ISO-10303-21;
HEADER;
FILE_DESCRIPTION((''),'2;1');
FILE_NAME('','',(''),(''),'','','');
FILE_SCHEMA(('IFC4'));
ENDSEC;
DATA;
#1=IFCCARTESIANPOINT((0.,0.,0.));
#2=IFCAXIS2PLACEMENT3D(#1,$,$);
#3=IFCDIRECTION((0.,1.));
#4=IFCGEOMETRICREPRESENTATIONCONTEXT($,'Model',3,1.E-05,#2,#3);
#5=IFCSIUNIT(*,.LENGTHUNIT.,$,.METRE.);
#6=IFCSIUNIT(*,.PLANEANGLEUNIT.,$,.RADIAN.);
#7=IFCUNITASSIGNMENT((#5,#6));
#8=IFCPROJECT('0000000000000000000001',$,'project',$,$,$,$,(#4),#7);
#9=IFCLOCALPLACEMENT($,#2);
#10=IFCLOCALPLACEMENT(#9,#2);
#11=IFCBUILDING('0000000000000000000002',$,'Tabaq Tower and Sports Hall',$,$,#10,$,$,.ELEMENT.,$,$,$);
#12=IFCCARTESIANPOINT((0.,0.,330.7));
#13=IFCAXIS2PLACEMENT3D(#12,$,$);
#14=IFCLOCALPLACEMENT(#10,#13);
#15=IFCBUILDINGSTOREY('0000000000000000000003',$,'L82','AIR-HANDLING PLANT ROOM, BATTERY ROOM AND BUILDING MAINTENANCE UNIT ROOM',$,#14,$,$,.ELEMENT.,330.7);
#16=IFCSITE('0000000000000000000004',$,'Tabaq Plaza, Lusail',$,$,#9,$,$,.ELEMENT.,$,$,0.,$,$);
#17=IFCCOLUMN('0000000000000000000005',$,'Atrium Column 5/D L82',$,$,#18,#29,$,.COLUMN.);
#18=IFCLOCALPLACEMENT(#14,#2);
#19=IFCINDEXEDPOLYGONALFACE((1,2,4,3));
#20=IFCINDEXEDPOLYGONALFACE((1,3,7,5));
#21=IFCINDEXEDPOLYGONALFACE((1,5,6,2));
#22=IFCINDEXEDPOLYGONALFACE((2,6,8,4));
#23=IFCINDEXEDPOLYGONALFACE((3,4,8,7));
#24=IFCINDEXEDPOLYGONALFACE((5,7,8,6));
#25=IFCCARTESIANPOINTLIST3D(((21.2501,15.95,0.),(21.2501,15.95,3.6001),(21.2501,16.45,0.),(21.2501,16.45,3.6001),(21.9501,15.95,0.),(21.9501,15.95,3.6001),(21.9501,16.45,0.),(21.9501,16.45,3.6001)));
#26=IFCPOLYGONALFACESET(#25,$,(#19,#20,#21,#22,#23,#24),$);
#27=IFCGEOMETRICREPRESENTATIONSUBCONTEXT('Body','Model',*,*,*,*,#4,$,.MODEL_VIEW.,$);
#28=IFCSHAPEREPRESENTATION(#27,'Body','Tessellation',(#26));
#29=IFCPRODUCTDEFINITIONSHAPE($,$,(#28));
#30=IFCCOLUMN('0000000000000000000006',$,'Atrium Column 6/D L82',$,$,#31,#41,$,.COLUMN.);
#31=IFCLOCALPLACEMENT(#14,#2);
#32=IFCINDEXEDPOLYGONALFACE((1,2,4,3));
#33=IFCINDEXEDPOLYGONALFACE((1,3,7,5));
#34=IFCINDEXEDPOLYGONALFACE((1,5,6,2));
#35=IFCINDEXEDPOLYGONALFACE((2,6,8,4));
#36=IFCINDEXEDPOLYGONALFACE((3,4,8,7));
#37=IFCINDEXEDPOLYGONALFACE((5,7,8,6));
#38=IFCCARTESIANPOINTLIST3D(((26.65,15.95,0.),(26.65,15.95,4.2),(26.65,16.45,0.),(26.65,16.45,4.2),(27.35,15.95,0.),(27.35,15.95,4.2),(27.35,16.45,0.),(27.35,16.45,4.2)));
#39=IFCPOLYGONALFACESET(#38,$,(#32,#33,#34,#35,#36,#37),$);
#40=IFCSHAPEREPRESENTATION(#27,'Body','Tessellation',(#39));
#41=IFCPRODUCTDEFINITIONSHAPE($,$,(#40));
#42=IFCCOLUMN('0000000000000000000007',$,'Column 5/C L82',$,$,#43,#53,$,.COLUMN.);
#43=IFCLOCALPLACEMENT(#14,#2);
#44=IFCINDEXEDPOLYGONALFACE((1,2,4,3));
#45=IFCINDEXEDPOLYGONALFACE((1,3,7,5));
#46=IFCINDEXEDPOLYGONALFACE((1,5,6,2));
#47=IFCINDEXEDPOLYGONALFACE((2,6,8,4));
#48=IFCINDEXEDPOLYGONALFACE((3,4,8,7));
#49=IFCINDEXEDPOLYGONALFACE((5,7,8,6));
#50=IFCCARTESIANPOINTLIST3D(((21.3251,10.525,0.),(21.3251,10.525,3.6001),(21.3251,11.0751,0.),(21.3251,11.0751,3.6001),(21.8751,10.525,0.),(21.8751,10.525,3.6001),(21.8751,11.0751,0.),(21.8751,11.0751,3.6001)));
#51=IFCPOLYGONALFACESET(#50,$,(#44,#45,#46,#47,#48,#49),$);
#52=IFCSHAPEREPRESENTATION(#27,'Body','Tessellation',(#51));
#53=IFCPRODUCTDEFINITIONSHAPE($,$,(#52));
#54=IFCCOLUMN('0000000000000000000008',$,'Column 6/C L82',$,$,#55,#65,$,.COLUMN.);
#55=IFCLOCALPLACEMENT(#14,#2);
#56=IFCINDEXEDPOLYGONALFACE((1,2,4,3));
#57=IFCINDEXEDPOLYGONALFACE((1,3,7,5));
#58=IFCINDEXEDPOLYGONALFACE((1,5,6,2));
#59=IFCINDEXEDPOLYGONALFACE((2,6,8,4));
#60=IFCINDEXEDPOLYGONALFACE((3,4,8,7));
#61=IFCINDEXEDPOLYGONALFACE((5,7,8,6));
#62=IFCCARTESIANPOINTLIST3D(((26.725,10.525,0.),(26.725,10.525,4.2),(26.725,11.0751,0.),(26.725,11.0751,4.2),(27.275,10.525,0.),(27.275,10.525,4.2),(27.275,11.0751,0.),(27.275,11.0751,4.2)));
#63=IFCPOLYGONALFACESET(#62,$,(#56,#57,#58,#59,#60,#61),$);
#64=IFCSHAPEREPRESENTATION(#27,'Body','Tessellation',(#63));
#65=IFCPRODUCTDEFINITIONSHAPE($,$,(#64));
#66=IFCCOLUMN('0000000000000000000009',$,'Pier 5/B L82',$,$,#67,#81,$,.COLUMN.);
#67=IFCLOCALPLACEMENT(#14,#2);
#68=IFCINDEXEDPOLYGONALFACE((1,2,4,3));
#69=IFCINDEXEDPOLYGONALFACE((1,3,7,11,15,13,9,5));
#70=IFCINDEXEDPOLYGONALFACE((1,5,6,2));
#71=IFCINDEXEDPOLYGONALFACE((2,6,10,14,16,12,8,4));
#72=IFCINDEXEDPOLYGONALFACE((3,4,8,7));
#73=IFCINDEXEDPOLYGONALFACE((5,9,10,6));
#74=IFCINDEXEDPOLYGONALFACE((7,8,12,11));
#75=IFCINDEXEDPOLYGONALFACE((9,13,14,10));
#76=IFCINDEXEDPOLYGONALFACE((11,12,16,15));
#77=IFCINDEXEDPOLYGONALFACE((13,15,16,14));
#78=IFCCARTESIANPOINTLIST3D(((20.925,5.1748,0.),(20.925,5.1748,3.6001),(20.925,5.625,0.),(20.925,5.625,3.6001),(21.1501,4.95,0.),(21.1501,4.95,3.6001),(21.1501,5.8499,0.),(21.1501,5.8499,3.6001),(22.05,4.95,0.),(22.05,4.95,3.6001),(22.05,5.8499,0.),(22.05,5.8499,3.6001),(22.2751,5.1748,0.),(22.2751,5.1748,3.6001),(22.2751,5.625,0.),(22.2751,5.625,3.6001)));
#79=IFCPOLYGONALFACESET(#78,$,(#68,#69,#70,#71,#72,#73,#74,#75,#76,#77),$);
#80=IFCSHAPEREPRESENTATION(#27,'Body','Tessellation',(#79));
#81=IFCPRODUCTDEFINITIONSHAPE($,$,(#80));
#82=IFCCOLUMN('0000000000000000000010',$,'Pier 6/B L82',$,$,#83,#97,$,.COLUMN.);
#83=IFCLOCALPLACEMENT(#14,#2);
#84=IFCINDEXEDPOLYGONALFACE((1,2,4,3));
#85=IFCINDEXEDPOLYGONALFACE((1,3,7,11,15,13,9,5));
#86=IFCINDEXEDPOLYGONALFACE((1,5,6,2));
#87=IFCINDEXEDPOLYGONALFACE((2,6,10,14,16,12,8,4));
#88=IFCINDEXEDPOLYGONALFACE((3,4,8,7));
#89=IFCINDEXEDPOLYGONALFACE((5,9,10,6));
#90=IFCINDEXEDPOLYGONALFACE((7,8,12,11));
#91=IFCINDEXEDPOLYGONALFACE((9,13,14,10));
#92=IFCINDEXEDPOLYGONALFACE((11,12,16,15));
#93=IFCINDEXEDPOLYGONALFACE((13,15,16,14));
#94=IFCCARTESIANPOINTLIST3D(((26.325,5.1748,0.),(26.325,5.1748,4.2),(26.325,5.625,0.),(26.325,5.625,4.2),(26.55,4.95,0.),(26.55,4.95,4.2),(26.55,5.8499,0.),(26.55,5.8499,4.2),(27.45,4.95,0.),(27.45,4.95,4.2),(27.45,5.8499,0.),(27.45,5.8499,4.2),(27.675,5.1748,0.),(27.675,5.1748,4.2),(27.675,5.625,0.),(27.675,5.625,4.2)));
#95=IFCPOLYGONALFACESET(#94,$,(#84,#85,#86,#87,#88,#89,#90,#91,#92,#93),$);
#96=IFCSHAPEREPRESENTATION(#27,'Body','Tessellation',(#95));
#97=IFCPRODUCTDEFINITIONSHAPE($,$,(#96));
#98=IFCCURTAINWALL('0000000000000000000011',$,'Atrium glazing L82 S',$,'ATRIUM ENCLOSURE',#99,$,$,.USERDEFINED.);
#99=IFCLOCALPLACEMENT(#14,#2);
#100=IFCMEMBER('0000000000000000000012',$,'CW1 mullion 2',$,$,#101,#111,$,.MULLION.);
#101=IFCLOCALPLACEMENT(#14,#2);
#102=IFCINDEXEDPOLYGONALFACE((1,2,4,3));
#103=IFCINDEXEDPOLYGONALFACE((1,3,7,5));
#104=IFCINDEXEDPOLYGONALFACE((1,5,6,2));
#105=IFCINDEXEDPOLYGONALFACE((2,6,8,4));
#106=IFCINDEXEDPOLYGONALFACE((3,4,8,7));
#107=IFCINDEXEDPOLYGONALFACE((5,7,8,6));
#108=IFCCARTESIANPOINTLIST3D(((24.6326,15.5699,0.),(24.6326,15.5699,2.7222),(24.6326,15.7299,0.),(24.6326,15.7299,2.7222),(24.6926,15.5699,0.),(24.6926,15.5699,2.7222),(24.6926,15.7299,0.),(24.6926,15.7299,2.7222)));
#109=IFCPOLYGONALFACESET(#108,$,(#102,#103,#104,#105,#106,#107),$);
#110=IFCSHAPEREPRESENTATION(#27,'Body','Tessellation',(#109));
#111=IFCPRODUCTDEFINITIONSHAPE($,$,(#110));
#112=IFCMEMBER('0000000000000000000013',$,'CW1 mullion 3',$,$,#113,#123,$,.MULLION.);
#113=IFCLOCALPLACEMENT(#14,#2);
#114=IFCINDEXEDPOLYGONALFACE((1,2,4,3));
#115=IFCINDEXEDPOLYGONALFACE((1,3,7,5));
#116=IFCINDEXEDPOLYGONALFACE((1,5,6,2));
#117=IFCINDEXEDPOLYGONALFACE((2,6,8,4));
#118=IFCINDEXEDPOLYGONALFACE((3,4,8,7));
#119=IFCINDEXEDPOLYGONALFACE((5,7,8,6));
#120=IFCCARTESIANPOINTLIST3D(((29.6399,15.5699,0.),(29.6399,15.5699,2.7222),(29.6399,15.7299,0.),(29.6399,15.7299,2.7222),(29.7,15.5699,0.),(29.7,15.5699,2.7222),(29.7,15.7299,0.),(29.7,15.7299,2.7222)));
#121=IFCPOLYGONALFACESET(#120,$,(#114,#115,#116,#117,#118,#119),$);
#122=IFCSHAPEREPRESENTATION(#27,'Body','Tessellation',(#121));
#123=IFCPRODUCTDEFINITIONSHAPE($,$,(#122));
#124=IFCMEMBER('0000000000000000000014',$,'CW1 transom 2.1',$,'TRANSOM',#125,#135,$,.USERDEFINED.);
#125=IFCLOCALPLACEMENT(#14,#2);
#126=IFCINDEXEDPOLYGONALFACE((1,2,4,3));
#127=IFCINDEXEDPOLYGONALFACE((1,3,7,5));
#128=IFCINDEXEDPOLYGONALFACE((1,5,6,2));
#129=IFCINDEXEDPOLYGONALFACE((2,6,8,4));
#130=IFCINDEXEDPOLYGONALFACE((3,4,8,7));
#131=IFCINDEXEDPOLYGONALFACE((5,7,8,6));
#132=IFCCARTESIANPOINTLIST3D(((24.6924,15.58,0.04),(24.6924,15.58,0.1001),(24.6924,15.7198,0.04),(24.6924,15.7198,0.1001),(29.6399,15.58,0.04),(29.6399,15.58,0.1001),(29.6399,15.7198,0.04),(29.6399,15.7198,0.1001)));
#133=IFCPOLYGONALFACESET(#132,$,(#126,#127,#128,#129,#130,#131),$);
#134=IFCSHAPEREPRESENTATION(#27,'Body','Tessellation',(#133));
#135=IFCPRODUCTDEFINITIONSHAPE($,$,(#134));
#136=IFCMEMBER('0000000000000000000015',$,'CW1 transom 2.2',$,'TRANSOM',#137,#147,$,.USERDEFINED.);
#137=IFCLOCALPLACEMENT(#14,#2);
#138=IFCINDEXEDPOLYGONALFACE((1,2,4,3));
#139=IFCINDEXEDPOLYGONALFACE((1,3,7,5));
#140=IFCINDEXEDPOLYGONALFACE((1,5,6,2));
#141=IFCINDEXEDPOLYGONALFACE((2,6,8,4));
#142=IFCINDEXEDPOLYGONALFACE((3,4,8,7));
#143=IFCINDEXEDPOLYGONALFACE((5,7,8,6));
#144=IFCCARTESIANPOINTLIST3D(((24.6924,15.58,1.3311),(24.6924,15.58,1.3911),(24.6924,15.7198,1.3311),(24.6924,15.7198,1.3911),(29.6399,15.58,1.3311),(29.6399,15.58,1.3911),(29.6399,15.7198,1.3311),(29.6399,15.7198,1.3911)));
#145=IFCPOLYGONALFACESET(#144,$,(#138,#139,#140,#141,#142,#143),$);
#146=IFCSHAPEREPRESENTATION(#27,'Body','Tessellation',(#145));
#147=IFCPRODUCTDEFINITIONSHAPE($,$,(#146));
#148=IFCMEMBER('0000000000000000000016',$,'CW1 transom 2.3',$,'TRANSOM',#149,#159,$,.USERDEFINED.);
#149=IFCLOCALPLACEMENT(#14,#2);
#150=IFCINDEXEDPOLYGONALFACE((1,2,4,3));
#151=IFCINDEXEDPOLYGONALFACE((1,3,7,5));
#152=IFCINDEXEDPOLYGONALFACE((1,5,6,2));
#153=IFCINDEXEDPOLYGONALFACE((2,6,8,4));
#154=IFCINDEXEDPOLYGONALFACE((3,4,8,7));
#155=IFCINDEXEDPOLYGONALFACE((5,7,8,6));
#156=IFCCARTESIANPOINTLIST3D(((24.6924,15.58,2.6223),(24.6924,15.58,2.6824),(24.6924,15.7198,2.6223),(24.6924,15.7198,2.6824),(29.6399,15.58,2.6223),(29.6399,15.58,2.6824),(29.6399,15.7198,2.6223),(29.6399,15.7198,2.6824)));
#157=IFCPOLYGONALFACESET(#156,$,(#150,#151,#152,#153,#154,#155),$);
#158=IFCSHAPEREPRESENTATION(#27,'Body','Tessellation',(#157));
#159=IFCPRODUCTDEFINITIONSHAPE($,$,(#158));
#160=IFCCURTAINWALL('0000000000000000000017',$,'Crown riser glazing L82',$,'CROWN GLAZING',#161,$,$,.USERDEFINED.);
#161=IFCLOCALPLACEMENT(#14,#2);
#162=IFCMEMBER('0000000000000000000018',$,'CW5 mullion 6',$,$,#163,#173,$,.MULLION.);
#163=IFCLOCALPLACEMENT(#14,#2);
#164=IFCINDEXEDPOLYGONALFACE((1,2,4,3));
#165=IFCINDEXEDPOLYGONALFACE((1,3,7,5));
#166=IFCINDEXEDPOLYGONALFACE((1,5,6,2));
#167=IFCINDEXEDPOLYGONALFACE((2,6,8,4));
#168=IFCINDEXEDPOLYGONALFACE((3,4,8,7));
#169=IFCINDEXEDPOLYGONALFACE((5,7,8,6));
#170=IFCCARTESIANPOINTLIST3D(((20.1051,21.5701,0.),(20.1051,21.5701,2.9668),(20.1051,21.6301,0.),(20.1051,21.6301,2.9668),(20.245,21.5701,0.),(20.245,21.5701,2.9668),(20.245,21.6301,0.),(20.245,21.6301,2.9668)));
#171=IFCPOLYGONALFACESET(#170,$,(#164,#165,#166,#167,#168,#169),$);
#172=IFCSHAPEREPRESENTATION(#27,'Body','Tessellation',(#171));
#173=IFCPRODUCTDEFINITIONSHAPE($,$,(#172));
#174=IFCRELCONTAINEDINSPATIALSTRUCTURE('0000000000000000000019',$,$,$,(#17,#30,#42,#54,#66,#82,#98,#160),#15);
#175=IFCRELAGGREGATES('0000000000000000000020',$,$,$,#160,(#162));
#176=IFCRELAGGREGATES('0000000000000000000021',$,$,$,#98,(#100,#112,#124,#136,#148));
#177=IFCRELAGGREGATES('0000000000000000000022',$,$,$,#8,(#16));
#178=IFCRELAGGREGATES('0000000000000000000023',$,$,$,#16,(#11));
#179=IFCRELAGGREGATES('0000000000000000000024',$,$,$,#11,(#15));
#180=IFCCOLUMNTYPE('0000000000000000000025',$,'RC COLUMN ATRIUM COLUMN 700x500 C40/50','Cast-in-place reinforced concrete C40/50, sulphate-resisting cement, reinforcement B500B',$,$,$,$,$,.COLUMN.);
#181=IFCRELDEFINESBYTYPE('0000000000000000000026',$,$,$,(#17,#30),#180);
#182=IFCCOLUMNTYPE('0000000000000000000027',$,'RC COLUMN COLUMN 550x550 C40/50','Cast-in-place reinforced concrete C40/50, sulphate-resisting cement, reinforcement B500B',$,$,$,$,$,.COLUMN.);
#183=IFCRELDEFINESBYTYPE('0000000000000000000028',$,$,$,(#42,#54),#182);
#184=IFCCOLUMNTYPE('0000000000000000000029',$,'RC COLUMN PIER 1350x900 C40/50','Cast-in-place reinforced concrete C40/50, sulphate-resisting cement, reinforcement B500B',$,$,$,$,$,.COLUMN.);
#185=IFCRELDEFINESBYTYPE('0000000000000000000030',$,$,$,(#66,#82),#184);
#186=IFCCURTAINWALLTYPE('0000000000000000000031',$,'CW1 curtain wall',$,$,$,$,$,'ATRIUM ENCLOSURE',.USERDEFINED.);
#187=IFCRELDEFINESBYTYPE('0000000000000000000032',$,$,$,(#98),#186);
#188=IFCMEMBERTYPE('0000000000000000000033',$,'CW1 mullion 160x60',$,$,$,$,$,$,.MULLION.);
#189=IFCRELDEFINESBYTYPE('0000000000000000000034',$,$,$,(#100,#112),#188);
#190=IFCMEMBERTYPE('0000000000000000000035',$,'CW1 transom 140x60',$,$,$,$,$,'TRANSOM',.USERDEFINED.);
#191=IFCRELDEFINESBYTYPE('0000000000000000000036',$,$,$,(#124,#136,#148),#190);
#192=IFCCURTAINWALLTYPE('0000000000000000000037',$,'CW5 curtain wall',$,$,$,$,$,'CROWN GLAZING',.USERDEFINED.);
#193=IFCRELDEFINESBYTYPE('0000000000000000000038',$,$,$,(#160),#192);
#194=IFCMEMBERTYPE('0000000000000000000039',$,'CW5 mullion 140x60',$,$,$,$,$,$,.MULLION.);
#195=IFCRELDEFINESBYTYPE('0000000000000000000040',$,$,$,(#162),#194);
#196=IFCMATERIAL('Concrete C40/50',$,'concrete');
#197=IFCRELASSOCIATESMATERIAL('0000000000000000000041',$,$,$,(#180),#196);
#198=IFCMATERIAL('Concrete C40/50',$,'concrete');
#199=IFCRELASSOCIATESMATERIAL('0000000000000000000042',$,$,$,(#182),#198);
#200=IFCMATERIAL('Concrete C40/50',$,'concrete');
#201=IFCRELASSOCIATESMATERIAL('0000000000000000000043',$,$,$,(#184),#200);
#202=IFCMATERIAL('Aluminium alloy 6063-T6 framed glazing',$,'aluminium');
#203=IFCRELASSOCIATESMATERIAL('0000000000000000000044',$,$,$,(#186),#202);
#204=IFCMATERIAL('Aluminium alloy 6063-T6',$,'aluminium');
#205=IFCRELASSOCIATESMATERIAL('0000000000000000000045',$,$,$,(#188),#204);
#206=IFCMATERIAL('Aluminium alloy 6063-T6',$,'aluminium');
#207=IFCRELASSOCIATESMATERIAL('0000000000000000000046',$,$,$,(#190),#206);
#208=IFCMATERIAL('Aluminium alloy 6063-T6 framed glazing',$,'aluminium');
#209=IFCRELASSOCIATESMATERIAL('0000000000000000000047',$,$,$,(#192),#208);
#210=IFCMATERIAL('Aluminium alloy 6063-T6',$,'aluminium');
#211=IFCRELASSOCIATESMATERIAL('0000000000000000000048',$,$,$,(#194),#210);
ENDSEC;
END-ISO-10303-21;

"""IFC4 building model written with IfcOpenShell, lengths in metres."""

from ifc_helpers import new_model, si_unit, direction, frame, origin, origin_2d, place, context, subcontext, project, spatial, polyline, rectangle, outline, extrude, material, material_profile, profile_set, type_object, element, aggregate, save


model = new_model("IFC4")

# Units and contexts
model_context = context("Model", 3, precision=1e-05, world=origin(), true_north=direction((0.0, 1.0)))
body_context = subcontext(model_context, "Body", "Model", "MODEL_VIEW")
ifc_project = project(units=[si_unit("LENGTHUNIT", "METRE"), si_unit("PLANEANGLEUNIT", "RADIAN")], contexts=[model_context])

# Site, building, storey
site_placement = place(None, origin())
site = spatial("IfcSite", under=ifc_project, at=site_placement, Name="Tabaq Plaza, Lusail", CompositionType="ELEMENT", RefElevation=0.0)
building_placement = place(site_placement, origin())
building = spatial("IfcBuilding", under=site, at=building_placement, Name="Tabaq Tower and Sports Hall", CompositionType="ELEMENT")
storey_placement = place(building_placement, frame((0.0, 0.0, 330.7)))
storey = spatial("IfcBuildingStorey", under=building, at=storey_placement, Name="L82", Description="AIR-HANDLING PLANT ROOM, BATTERY ROOM AND BUILDING MAINTENANCE UNIT ROOM", CompositionType="ELEMENT", Elevation=330.7)

# Columns
ifc_material_1 = material(Name="Concrete C40/50", Category="concrete")
ifc_material_profile_1 = material_profile(ifc_material_1, rectangle(XDim=0.7, YDim=0.5, at=origin_2d()), Name="ATRIUM COLUMN 700x500")
ifc_profile_set_1 = profile_set([ifc_material_profile_1], Name="Concrete C40/50")
column_type_1 = type_object("IfcColumnType", Name="RC COLUMN ATRIUM COLUMN 700x500 C40/50", Description="Cast-in-place reinforced concrete C40/50, sulphate-resisting cement, reinforcement B500B", PredefinedType="COLUMN", material=ifc_profile_set_1)
column_1_placement = place(storey_placement, frame((21.6001, 16.2, 0.0), z_axis=(0.0, 0.0, 1.0), x_axis=(1.0, 0.0, 0.0)))
element("IfcColumn", 1, at=column_1_placement, inside=storey, type_object=column_type_1, Name="Atrium Column 5/D L82", PredefinedType="COLUMN", context=body_context, shape_type="SweptSolid", body=[
    extrude(rectangle(XDim=0.7, YDim=0.5, at=origin_2d()), origin(), (0.0, 0.0, 1.0), 3.6001),
])
column_2_placement = place(storey_placement, frame((27.0, 16.2, 0.0), z_axis=(0.0, 0.0, 1.0), x_axis=(1.0, 0.0, 0.0)))
element("IfcColumn", 2, at=column_2_placement, inside=storey, type_object=column_type_1, Name="Atrium Column 6/D L82", PredefinedType="COLUMN", context=body_context, shape_type="SweptSolid", body=[
    extrude(rectangle(XDim=0.7, YDim=0.5, at=origin_2d()), origin(), (0.0, 0.0, 1.0), 4.2),
])
ifc_material_2 = material(Name="Concrete C40/50", Category="concrete")
ifc_material_profile_2 = material_profile(ifc_material_2, rectangle(XDim=0.55, YDim=0.55, at=origin_2d()), Name="COLUMN 550x550")
ifc_profile_set_2 = profile_set([ifc_material_profile_2], Name="Concrete C40/50")
column_type_2 = type_object("IfcColumnType", Name="RC COLUMN COLUMN 550x550 C40/50", Description="Cast-in-place reinforced concrete C40/50, sulphate-resisting cement, reinforcement B500B", PredefinedType="COLUMN", material=ifc_profile_set_2)
column_3_placement = place(storey_placement, frame((21.6001, 10.8, 0.0), z_axis=(0.0, 0.0, 1.0), x_axis=(1.0, 0.0, 0.0)))
element("IfcColumn", 3, at=column_3_placement, inside=storey, type_object=column_type_2, Name="Column 5/C L82", PredefinedType="COLUMN", context=body_context, shape_type="SweptSolid", body=[
    extrude(rectangle(XDim=0.55, YDim=0.55, at=origin_2d()), origin(), (0.0, 0.0, 1.0), 3.6001),
])
column_4_placement = place(storey_placement, frame((27.0, 10.8, 0.0), z_axis=(0.0, 0.0, 1.0), x_axis=(1.0, 0.0, 0.0)))
element("IfcColumn", 4, at=column_4_placement, inside=storey, type_object=column_type_2, Name="Column 6/C L82", PredefinedType="COLUMN", context=body_context, shape_type="SweptSolid", body=[
    extrude(rectangle(XDim=0.55, YDim=0.55, at=origin_2d()), origin(), (0.0, 0.0, 1.0), 4.2),
])
ifc_material_3 = material(Name="Concrete C40/50", Category="concrete")
ifc_material_profile_3 = material_profile(ifc_material_3, outline(polyline([(-0.45, -0.45), (0.45, -0.45), (0.675, -0.2251), (0.675, 0.2251), (0.45, 0.45), (-0.45, 0.45), (-0.675, 0.2251), (-0.675, -0.2251), (-0.45, -0.45)])), Name="PIER 1350x900")
ifc_profile_set_3 = profile_set([ifc_material_profile_3], Name="Concrete C40/50")
column_type_3 = type_object("IfcColumnType", Name="RC COLUMN PIER 1350x900 C40/50", Description="Cast-in-place reinforced concrete C40/50, sulphate-resisting cement, reinforcement B500B", PredefinedType="COLUMN", material=ifc_profile_set_3)
column_5_placement = place(storey_placement, frame((21.6001, 5.3999, 0.0), z_axis=(0.0, 0.0, 1.0), x_axis=(1.0, 0.0, 0.0)))
element("IfcColumn", 5, at=column_5_placement, inside=storey, type_object=column_type_3, Name="Pier 5/B L82", PredefinedType="COLUMN", context=body_context, shape_type="SweptSolid", body=[
    extrude(outline(polyline([(-0.45, -0.45), (0.45, -0.45), (0.675, -0.2251), (0.675, 0.2251), (0.45, 0.45), (-0.45, 0.45), (-0.675, 0.2251), (-0.675, -0.2251), (-0.45, -0.45)])), origin(), (0.0, 0.0, 1.0), 3.6001),
])
column_6_placement = place(storey_placement, frame((27.0, 5.3999, 0.0), z_axis=(0.0, 0.0, 1.0), x_axis=(1.0, 0.0, 0.0)))
element("IfcColumn", 6, at=column_6_placement, inside=storey, type_object=column_type_3, Name="Pier 6/B L82", PredefinedType="COLUMN", context=body_context, shape_type="SweptSolid", body=[
    extrude(outline(polyline([(-0.45, -0.45), (0.45, -0.45), (0.675, -0.2251), (0.675, 0.2251), (0.45, 0.45), (-0.45, 0.45), (-0.675, 0.2251), (-0.675, -0.2251), (-0.45, -0.45)])), origin(), (0.0, 0.0, 1.0), 4.2),
])

# Curtain walls, members
ifc_material_4 = material(Name="Aluminium alloy 6063-T6 framed glazing", Category="aluminium")
curtain_wall_type_1 = type_object("IfcCurtainWallType", Name="CW1 curtain wall", ElementType="ATRIUM ENCLOSURE", PredefinedType="USERDEFINED", material=ifc_material_4)
curtain_wall_1_placement = place(storey_placement, origin())
curtain_wall_1 = element("IfcCurtainWall", 7, at=curtain_wall_1_placement, inside=storey, type_object=curtain_wall_type_1, Name="Atrium glazing L82 S", ObjectType="ATRIUM ENCLOSURE", PredefinedType="USERDEFINED")
ifc_material_5 = material(Name="Aluminium alloy 6063-T6", Category="aluminium")
ifc_material_profile_4 = material_profile(ifc_material_5, rectangle(XDim=0.1599, YDim=0.0601, at=origin_2d()), Name="MULLION 160x60")
ifc_profile_set_4 = profile_set([ifc_material_profile_4], Name="Aluminium alloy 6063-T6")
member_type_1 = type_object("IfcMemberType", Name="CW1 mullion 160x60", PredefinedType="MULLION", material=ifc_profile_set_4)
member_1_placement = place(storey_placement, frame((24.6626, 15.6499, 0.0), z_axis=(0.0, 0.0, 1.0), x_axis=(0.0, 1.0, 0.0)))
member_1 = element("IfcMember", 8, at=member_1_placement, type_object=member_type_1, Name="CW1 mullion 2", PredefinedType="MULLION", context=body_context, shape_type="SweptSolid", body=[
    extrude(rectangle(XDim=0.1599, YDim=0.0601, at=origin_2d()), origin(), (0.0, 0.0, 1.0), 2.7222),
])
member_2_placement = place(storey_placement, frame((29.6699, 15.6499, 0.0), z_axis=(0.0, 0.0, 1.0), x_axis=(0.0, 1.0, 0.0)))
member_2 = element("IfcMember", 9, at=member_2_placement, type_object=member_type_1, Name="CW1 mullion 3", PredefinedType="MULLION", context=body_context, shape_type="SweptSolid", body=[
    extrude(rectangle(XDim=0.1599, YDim=0.0601, at=origin_2d()), origin(), (0.0, 0.0, 1.0), 2.7222),
])
ifc_material_6 = material(Name="Aluminium alloy 6063-T6", Category="aluminium")
ifc_material_profile_5 = material_profile(ifc_material_6, rectangle(XDim=0.1399, YDim=0.0601, at=origin_2d()), Name="TRANSOM 140x60")
ifc_profile_set_5 = profile_set([ifc_material_profile_5], Name="Aluminium alloy 6063-T6")
member_type_2 = type_object("IfcMemberType", Name="CW1 transom 140x60", ElementType="TRANSOM", PredefinedType="USERDEFINED", material=ifc_profile_set_5)
member_3_placement = place(storey_placement, frame((24.6924, 15.6499, 0.0701), z_axis=(1.0, 0.0, 0.0), x_axis=(0.0, 1.0, 0.0)))
member_3 = element("IfcMember", 10, at=member_3_placement, type_object=member_type_2, Name="CW1 transom 2.1", ObjectType="TRANSOM", PredefinedType="USERDEFINED", context=body_context, shape_type="SweptSolid", body=[
    extrude(rectangle(XDim=0.1399, YDim=0.0601, at=origin_2d()), origin(), (0.0, 0.0, 1.0), 4.9475),
])
member_4_placement = place(storey_placement, frame((24.6924, 15.6499, 1.3611), z_axis=(1.0, 0.0, 0.0), x_axis=(0.0, 1.0, 0.0)))
member_4 = element("IfcMember", 11, at=member_4_placement, type_object=member_type_2, Name="CW1 transom 2.2", ObjectType="TRANSOM", PredefinedType="USERDEFINED", context=body_context, shape_type="SweptSolid", body=[
    extrude(rectangle(XDim=0.1399, YDim=0.0601, at=origin_2d()), origin(), (0.0, 0.0, 1.0), 4.9475),
])
member_5_placement = place(storey_placement, frame((24.6924, 15.6499, 2.6523), z_axis=(1.0, 0.0, 0.0), x_axis=(0.0, 1.0, 0.0)))
member_5 = element("IfcMember", 12, at=member_5_placement, type_object=member_type_2, Name="CW1 transom 2.3", ObjectType="TRANSOM", PredefinedType="USERDEFINED", context=body_context, shape_type="SweptSolid", body=[
    extrude(rectangle(XDim=0.1399, YDim=0.0601, at=origin_2d()), origin(), (0.0, 0.0, 1.0), 4.9475),
])
ifc_material_7 = material(Name="Aluminium alloy 6063-T6 framed glazing", Category="aluminium")
curtain_wall_type_2 = type_object("IfcCurtainWallType", Name="CW5 curtain wall", ElementType="CROWN GLAZING", PredefinedType="USERDEFINED", material=ifc_material_7)
curtain_wall_2_placement = place(storey_placement, origin())
curtain_wall_2 = element("IfcCurtainWall", 13, at=curtain_wall_2_placement, inside=storey, type_object=curtain_wall_type_2, Name="Crown riser glazing L82", ObjectType="CROWN GLAZING", PredefinedType="USERDEFINED")
ifc_material_8 = material(Name="Aluminium alloy 6063-T6", Category="aluminium")
ifc_material_profile_6 = material_profile(ifc_material_8, rectangle(XDim=0.1399, YDim=0.0601, at=origin_2d()), Name="MULLION 140x60")
ifc_profile_set_6 = profile_set([ifc_material_profile_6], Name="Aluminium alloy 6063-T6")
member_type_3 = type_object("IfcMemberType", Name="CW5 mullion 140x60", PredefinedType="MULLION", material=ifc_profile_set_6)
member_6_placement = place(storey_placement, frame((20.175, 21.6001, 0.0), z_axis=(0.0, 0.0, 1.0), x_axis=(1.0, 0.0, 0.0)))
member_6 = element("IfcMember", 14, at=member_6_placement, type_object=member_type_3, Name="CW5 mullion 6", PredefinedType="MULLION", context=body_context, shape_type="SweptSolid", body=[
    extrude(rectangle(XDim=0.1399, YDim=0.0601, at=origin_2d()), origin(), (0.0, 0.0, 1.0), 2.9668),
])
aggregate(curtain_wall_2, [member_6])

aggregate(curtain_wall_1, [member_1, member_2, member_3, member_4, member_5])

save(model, "model.ifc")
